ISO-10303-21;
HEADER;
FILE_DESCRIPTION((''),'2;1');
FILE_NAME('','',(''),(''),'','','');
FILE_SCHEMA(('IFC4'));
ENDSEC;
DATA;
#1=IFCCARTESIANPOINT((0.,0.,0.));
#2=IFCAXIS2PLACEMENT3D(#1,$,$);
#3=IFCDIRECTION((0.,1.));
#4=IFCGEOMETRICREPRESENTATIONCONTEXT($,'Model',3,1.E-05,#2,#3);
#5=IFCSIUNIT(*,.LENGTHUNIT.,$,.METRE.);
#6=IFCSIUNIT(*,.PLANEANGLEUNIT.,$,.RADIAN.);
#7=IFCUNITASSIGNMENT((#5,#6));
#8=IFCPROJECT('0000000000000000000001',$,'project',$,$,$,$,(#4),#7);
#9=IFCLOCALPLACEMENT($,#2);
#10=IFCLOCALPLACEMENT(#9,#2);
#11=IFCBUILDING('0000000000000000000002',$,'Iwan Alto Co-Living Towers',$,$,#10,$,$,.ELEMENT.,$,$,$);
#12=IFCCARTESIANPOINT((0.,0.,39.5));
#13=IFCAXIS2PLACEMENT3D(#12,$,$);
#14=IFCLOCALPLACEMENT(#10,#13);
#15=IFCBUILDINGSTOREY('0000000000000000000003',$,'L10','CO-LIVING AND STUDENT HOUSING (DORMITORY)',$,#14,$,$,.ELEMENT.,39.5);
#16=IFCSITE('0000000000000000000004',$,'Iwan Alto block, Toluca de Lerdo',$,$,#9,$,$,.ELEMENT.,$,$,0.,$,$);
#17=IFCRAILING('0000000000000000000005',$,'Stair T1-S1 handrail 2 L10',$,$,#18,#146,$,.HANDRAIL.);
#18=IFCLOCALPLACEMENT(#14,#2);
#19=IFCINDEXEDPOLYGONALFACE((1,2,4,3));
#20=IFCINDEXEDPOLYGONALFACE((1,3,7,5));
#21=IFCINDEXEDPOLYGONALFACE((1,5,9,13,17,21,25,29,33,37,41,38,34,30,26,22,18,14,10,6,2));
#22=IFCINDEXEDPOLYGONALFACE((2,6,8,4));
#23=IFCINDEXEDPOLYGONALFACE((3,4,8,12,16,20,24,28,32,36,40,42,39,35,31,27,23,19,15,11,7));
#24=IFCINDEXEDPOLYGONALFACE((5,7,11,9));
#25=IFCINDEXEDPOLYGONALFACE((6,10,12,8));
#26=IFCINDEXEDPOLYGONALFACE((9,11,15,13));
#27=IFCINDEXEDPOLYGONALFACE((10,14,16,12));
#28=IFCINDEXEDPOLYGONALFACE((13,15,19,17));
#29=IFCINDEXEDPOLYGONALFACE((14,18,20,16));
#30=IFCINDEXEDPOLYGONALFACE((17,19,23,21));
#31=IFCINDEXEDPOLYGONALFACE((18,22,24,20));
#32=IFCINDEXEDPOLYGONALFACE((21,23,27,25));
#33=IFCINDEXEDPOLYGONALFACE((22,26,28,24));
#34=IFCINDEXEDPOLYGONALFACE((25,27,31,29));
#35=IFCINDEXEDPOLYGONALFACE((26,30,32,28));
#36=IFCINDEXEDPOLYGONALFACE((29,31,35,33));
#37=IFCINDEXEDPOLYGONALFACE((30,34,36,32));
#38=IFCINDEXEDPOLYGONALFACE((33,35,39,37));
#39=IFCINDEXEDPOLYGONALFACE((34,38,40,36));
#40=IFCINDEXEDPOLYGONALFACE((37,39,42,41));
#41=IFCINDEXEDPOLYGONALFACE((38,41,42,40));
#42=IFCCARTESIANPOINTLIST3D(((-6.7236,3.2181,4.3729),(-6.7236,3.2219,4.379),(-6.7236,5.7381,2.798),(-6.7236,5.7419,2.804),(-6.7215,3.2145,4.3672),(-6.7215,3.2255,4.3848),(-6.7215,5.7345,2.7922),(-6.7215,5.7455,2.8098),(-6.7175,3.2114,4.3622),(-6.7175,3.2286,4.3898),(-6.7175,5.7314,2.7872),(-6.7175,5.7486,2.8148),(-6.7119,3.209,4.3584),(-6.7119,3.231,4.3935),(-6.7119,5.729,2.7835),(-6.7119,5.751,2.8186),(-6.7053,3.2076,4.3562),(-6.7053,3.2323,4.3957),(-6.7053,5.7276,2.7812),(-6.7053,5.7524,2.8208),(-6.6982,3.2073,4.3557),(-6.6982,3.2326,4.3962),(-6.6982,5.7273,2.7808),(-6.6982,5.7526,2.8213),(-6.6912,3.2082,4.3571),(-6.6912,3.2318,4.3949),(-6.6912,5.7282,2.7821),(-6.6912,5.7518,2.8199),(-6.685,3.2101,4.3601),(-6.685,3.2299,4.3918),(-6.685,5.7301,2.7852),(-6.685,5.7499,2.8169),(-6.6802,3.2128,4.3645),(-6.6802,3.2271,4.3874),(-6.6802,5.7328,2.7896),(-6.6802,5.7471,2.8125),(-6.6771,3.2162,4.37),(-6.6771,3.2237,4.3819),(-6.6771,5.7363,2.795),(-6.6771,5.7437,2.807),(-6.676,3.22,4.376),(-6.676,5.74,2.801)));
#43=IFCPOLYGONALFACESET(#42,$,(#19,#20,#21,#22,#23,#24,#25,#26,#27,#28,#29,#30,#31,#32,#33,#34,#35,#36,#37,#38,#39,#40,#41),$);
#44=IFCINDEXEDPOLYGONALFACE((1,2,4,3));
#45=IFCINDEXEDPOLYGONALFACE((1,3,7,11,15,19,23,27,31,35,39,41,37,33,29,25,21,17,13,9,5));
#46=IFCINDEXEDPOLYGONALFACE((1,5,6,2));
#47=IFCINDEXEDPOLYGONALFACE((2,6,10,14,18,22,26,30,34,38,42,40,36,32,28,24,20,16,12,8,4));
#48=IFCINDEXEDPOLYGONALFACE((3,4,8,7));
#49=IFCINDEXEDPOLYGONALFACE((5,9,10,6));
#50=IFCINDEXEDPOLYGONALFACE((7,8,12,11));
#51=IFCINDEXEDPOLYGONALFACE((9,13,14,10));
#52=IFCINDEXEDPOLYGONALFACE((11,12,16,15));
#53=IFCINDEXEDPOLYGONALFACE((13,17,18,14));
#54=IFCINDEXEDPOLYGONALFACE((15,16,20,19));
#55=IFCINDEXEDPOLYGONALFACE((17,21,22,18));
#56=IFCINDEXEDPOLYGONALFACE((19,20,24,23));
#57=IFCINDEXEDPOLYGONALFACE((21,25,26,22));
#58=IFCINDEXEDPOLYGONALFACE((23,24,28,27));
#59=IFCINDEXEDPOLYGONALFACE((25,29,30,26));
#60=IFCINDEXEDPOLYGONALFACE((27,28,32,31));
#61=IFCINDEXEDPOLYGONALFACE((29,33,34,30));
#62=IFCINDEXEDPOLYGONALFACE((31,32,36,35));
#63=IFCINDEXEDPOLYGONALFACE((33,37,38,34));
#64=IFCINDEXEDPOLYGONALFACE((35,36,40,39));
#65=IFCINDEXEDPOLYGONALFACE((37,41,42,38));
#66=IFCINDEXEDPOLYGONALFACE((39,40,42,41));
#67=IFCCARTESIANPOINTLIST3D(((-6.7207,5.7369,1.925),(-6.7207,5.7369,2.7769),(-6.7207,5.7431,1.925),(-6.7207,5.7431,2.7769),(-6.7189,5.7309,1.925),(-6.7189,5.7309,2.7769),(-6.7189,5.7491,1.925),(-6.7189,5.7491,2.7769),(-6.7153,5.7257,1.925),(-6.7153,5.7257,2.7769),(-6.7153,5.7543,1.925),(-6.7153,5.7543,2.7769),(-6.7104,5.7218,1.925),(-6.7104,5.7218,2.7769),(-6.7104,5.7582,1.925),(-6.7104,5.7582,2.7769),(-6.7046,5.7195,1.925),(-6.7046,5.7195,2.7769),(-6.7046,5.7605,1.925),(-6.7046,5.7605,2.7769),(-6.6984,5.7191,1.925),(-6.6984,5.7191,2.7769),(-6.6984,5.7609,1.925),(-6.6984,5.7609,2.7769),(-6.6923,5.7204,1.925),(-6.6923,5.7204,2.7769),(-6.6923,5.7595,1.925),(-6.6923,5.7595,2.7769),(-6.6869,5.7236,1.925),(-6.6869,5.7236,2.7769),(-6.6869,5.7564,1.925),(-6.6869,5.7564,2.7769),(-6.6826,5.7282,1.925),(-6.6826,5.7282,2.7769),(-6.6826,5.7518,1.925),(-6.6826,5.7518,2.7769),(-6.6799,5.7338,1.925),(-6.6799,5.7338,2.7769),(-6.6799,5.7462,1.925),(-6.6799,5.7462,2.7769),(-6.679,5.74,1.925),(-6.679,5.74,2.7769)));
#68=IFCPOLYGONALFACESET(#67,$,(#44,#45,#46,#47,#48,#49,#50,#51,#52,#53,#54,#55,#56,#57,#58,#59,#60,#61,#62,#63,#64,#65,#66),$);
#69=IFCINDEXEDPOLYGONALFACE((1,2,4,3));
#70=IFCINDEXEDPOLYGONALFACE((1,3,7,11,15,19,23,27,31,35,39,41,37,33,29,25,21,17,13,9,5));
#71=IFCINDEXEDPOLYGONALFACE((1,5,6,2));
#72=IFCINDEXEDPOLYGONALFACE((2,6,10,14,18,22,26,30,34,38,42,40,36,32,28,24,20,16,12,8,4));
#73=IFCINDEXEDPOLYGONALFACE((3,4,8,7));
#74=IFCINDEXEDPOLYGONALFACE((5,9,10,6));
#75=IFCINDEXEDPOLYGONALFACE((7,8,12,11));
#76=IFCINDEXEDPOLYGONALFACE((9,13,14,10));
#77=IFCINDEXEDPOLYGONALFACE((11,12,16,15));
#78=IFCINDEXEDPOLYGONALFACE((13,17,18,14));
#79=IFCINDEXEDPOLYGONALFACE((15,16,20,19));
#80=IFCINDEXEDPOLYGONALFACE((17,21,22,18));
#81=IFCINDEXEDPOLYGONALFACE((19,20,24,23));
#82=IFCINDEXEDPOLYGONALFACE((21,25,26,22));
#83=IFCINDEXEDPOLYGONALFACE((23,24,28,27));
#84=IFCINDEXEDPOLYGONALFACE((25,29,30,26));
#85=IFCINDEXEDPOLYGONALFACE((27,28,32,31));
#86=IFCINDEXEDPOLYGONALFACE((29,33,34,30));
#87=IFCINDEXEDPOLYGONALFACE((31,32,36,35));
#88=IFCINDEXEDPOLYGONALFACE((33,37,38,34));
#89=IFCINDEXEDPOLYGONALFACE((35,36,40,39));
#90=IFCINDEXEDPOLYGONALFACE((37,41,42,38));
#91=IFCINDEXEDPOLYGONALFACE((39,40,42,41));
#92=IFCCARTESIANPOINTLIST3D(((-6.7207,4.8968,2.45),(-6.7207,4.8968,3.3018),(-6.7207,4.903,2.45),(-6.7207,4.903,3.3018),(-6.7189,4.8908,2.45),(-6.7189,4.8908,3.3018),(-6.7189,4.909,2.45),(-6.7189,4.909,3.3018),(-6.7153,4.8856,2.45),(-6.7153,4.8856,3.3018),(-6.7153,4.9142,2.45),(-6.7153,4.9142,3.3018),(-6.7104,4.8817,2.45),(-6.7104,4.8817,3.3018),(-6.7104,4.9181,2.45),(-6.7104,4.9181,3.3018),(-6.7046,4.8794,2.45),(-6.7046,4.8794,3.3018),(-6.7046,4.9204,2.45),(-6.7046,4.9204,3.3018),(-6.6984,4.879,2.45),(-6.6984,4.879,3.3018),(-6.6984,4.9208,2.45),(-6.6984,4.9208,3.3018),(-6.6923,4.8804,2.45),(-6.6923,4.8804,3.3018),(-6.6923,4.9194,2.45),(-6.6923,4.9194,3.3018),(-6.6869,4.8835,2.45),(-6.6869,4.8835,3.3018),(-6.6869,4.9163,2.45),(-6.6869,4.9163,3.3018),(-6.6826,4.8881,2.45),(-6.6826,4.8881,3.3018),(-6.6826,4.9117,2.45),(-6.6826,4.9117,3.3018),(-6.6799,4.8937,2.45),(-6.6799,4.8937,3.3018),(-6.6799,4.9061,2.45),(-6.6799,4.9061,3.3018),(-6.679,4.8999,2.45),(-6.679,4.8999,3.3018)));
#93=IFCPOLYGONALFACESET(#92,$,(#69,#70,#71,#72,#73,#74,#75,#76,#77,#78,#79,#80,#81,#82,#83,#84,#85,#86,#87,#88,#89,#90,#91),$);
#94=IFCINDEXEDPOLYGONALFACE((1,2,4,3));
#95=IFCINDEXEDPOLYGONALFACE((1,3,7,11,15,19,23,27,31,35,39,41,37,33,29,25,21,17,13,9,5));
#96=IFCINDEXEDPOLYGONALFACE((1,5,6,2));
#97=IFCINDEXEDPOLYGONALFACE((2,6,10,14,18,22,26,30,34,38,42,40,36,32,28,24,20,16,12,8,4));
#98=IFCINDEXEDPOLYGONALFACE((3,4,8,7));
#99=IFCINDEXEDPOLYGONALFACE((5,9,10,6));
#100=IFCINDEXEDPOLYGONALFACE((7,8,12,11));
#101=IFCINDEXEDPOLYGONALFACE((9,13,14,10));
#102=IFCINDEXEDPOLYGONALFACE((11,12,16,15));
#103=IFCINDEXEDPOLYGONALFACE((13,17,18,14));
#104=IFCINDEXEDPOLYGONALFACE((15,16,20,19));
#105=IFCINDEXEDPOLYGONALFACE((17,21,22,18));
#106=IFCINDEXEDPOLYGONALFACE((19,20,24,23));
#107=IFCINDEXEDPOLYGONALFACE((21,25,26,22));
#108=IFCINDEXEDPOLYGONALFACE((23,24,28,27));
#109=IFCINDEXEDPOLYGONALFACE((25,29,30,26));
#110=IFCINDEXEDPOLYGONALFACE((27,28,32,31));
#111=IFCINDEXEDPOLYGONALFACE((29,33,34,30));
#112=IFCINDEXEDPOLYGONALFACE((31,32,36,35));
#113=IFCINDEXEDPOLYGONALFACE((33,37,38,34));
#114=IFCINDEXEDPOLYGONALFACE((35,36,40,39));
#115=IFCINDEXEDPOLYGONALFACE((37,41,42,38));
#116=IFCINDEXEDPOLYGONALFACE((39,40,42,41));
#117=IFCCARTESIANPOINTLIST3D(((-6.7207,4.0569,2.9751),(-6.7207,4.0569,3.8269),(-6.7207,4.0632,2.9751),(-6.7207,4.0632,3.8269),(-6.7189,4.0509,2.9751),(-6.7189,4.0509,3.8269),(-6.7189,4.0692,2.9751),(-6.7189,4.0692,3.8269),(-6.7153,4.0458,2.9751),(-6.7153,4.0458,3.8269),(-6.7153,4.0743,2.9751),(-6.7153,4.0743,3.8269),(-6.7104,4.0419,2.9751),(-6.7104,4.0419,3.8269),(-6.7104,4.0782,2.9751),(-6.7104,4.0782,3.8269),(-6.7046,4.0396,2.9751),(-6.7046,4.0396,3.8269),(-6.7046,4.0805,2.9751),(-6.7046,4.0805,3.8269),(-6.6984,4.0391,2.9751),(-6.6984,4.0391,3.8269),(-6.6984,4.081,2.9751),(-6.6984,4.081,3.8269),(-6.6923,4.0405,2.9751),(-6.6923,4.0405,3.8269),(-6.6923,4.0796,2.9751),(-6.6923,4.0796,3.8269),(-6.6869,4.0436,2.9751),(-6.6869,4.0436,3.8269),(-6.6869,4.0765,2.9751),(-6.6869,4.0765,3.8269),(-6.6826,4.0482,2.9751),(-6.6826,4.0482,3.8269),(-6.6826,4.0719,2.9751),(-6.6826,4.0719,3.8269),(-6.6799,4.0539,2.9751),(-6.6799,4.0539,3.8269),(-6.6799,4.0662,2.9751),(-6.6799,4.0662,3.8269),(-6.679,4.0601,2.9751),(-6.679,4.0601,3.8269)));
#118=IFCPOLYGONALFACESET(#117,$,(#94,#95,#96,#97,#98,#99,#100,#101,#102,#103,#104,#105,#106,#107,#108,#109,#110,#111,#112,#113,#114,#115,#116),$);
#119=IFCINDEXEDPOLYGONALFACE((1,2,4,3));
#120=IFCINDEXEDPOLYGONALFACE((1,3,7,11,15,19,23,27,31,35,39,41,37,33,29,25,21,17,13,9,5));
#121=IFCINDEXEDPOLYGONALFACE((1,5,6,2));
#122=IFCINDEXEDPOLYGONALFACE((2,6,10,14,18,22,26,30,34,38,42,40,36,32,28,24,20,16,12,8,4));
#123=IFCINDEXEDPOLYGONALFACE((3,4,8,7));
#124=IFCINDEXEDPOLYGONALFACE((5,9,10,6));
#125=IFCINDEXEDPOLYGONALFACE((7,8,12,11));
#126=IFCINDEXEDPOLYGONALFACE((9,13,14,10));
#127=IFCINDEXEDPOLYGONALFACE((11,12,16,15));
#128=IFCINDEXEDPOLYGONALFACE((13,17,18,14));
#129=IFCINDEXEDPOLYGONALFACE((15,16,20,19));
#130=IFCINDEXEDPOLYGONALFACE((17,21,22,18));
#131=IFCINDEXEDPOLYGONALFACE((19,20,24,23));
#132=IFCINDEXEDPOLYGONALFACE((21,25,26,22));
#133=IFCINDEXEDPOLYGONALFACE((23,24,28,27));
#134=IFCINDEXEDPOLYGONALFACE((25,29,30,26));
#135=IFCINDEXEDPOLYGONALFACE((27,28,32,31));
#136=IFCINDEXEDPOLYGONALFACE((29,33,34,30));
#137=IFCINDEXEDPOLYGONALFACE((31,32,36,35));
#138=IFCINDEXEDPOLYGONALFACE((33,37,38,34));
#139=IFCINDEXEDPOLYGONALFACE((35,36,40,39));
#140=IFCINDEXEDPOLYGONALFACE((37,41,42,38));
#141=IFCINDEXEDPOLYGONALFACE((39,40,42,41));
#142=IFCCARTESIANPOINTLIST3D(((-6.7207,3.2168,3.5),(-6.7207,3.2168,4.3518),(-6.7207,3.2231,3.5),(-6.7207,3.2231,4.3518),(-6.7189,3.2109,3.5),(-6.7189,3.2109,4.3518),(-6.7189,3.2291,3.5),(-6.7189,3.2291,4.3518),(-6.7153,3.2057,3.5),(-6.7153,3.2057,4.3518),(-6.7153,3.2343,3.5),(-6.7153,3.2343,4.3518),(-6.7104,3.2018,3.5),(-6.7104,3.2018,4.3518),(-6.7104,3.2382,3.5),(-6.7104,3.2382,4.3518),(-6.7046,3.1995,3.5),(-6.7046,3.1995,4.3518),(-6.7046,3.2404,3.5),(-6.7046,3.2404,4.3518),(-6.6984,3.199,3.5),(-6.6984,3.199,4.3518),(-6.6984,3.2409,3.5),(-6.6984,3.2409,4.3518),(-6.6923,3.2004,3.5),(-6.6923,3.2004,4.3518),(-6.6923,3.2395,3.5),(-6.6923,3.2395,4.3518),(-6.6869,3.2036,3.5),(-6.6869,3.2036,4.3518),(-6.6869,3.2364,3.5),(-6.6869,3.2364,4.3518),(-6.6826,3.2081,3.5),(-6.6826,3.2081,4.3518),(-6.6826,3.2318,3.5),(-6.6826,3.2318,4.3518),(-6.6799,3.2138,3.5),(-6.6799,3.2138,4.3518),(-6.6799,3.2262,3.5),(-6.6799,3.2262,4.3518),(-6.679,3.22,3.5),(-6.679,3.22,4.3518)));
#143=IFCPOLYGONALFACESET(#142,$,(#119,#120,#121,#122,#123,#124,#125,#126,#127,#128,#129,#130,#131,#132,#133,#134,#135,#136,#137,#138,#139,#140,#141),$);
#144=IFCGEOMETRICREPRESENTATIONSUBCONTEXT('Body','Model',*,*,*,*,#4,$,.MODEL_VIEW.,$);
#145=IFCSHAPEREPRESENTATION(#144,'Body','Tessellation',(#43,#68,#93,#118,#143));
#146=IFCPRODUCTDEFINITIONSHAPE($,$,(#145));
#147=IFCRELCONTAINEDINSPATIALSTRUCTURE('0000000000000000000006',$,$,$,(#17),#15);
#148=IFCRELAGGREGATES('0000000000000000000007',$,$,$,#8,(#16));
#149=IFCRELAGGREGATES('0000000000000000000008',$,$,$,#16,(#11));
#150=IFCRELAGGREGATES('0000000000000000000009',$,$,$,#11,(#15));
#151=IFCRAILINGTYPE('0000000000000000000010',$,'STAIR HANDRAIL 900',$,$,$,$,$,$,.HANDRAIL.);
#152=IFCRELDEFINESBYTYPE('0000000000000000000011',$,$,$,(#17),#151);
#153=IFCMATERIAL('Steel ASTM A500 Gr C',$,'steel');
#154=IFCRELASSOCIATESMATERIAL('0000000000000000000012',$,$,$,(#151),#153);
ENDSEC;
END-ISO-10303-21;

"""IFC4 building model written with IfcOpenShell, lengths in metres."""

from ifc_helpers import new_model, si_unit, direction, frame, origin, origin_2d, place, context, subcontext, project, spatial, circle, extrude, material, type_object, element, save


model = new_model("IFC4")

# Units and contexts
model_context = context("Model", 3, precision=1e-05, world=origin(), true_north=direction((0.0, 1.0)))
body_context = subcontext(model_context, "Body", "Model", "MODEL_VIEW")
ifc_project = project(units=[si_unit("LENGTHUNIT", "METRE"), si_unit("PLANEANGLEUNIT", "RADIAN")], contexts=[model_context])

# Site, building, storey
site_placement = place(None, origin())
site = spatial("IfcSite", under=ifc_project, at=site_placement, Name="Iwan Alto block, Toluca de Lerdo", CompositionType="ELEMENT", RefElevation=0.0)
building_placement = place(site_placement, origin())
building = spatial("IfcBuilding", under=site, at=building_placement, Name="Iwan Alto Co-Living Towers", CompositionType="ELEMENT")
storey_placement = place(building_placement, frame((0.0, 0.0, 39.5)))
storey = spatial("IfcBuildingStorey", under=building, at=storey_placement, Name="L10", Description="CO-LIVING AND STUDENT HOUSING (DORMITORY)", CompositionType="ELEMENT", Elevation=39.5)

# Railing
ifc_material_1 = material(Name="Steel ASTM A500 Gr C", Category="steel")
railing_type_1 = type_object("IfcRailingType", Name="STAIR HANDRAIL 900", PredefinedType="HANDRAIL", material=ifc_material_1)
railing_1_placement = place(storey_placement, frame((-6.7, 5.74, 1.925)))
element("IfcRailing", 1, at=railing_1_placement, inside=storey, type_object=railing_type_1, Name="Stair T1-S1 handrail 2 L10", PredefinedType="HANDRAIL", context=body_context, shape_type="SweptSolid", body=[
    extrude(circle(Radius=0.0239, at=origin_2d()), frame((0.0, 0.0, 0.876), z_axis=(0.0, -0.848008, 0.529984), x_axis=(1.0, 0.0, 0.0)), (0.0, 0.0, 1.0), 2.9717),
    extrude(circle(Radius=0.021, at=origin_2d()), origin(), (0.0, 0.0, 1.0), 0.8518),
    extrude(circle(Radius=0.021, at=origin_2d()), frame((0.0, -0.8401, 0.5249)), (0.0, 0.0, 1.0), 0.8518),
    extrude(circle(Radius=0.021, at=origin_2d()), frame((0.0, -1.6799, 1.05)), (0.0, 0.0, 1.0), 0.8518),
    extrude(circle(Radius=0.021, at=origin_2d()), frame((0.0, -2.52, 1.575)), (0.0, 0.0, 1.0), 0.8518),
])

save(model, "model.ifc")
